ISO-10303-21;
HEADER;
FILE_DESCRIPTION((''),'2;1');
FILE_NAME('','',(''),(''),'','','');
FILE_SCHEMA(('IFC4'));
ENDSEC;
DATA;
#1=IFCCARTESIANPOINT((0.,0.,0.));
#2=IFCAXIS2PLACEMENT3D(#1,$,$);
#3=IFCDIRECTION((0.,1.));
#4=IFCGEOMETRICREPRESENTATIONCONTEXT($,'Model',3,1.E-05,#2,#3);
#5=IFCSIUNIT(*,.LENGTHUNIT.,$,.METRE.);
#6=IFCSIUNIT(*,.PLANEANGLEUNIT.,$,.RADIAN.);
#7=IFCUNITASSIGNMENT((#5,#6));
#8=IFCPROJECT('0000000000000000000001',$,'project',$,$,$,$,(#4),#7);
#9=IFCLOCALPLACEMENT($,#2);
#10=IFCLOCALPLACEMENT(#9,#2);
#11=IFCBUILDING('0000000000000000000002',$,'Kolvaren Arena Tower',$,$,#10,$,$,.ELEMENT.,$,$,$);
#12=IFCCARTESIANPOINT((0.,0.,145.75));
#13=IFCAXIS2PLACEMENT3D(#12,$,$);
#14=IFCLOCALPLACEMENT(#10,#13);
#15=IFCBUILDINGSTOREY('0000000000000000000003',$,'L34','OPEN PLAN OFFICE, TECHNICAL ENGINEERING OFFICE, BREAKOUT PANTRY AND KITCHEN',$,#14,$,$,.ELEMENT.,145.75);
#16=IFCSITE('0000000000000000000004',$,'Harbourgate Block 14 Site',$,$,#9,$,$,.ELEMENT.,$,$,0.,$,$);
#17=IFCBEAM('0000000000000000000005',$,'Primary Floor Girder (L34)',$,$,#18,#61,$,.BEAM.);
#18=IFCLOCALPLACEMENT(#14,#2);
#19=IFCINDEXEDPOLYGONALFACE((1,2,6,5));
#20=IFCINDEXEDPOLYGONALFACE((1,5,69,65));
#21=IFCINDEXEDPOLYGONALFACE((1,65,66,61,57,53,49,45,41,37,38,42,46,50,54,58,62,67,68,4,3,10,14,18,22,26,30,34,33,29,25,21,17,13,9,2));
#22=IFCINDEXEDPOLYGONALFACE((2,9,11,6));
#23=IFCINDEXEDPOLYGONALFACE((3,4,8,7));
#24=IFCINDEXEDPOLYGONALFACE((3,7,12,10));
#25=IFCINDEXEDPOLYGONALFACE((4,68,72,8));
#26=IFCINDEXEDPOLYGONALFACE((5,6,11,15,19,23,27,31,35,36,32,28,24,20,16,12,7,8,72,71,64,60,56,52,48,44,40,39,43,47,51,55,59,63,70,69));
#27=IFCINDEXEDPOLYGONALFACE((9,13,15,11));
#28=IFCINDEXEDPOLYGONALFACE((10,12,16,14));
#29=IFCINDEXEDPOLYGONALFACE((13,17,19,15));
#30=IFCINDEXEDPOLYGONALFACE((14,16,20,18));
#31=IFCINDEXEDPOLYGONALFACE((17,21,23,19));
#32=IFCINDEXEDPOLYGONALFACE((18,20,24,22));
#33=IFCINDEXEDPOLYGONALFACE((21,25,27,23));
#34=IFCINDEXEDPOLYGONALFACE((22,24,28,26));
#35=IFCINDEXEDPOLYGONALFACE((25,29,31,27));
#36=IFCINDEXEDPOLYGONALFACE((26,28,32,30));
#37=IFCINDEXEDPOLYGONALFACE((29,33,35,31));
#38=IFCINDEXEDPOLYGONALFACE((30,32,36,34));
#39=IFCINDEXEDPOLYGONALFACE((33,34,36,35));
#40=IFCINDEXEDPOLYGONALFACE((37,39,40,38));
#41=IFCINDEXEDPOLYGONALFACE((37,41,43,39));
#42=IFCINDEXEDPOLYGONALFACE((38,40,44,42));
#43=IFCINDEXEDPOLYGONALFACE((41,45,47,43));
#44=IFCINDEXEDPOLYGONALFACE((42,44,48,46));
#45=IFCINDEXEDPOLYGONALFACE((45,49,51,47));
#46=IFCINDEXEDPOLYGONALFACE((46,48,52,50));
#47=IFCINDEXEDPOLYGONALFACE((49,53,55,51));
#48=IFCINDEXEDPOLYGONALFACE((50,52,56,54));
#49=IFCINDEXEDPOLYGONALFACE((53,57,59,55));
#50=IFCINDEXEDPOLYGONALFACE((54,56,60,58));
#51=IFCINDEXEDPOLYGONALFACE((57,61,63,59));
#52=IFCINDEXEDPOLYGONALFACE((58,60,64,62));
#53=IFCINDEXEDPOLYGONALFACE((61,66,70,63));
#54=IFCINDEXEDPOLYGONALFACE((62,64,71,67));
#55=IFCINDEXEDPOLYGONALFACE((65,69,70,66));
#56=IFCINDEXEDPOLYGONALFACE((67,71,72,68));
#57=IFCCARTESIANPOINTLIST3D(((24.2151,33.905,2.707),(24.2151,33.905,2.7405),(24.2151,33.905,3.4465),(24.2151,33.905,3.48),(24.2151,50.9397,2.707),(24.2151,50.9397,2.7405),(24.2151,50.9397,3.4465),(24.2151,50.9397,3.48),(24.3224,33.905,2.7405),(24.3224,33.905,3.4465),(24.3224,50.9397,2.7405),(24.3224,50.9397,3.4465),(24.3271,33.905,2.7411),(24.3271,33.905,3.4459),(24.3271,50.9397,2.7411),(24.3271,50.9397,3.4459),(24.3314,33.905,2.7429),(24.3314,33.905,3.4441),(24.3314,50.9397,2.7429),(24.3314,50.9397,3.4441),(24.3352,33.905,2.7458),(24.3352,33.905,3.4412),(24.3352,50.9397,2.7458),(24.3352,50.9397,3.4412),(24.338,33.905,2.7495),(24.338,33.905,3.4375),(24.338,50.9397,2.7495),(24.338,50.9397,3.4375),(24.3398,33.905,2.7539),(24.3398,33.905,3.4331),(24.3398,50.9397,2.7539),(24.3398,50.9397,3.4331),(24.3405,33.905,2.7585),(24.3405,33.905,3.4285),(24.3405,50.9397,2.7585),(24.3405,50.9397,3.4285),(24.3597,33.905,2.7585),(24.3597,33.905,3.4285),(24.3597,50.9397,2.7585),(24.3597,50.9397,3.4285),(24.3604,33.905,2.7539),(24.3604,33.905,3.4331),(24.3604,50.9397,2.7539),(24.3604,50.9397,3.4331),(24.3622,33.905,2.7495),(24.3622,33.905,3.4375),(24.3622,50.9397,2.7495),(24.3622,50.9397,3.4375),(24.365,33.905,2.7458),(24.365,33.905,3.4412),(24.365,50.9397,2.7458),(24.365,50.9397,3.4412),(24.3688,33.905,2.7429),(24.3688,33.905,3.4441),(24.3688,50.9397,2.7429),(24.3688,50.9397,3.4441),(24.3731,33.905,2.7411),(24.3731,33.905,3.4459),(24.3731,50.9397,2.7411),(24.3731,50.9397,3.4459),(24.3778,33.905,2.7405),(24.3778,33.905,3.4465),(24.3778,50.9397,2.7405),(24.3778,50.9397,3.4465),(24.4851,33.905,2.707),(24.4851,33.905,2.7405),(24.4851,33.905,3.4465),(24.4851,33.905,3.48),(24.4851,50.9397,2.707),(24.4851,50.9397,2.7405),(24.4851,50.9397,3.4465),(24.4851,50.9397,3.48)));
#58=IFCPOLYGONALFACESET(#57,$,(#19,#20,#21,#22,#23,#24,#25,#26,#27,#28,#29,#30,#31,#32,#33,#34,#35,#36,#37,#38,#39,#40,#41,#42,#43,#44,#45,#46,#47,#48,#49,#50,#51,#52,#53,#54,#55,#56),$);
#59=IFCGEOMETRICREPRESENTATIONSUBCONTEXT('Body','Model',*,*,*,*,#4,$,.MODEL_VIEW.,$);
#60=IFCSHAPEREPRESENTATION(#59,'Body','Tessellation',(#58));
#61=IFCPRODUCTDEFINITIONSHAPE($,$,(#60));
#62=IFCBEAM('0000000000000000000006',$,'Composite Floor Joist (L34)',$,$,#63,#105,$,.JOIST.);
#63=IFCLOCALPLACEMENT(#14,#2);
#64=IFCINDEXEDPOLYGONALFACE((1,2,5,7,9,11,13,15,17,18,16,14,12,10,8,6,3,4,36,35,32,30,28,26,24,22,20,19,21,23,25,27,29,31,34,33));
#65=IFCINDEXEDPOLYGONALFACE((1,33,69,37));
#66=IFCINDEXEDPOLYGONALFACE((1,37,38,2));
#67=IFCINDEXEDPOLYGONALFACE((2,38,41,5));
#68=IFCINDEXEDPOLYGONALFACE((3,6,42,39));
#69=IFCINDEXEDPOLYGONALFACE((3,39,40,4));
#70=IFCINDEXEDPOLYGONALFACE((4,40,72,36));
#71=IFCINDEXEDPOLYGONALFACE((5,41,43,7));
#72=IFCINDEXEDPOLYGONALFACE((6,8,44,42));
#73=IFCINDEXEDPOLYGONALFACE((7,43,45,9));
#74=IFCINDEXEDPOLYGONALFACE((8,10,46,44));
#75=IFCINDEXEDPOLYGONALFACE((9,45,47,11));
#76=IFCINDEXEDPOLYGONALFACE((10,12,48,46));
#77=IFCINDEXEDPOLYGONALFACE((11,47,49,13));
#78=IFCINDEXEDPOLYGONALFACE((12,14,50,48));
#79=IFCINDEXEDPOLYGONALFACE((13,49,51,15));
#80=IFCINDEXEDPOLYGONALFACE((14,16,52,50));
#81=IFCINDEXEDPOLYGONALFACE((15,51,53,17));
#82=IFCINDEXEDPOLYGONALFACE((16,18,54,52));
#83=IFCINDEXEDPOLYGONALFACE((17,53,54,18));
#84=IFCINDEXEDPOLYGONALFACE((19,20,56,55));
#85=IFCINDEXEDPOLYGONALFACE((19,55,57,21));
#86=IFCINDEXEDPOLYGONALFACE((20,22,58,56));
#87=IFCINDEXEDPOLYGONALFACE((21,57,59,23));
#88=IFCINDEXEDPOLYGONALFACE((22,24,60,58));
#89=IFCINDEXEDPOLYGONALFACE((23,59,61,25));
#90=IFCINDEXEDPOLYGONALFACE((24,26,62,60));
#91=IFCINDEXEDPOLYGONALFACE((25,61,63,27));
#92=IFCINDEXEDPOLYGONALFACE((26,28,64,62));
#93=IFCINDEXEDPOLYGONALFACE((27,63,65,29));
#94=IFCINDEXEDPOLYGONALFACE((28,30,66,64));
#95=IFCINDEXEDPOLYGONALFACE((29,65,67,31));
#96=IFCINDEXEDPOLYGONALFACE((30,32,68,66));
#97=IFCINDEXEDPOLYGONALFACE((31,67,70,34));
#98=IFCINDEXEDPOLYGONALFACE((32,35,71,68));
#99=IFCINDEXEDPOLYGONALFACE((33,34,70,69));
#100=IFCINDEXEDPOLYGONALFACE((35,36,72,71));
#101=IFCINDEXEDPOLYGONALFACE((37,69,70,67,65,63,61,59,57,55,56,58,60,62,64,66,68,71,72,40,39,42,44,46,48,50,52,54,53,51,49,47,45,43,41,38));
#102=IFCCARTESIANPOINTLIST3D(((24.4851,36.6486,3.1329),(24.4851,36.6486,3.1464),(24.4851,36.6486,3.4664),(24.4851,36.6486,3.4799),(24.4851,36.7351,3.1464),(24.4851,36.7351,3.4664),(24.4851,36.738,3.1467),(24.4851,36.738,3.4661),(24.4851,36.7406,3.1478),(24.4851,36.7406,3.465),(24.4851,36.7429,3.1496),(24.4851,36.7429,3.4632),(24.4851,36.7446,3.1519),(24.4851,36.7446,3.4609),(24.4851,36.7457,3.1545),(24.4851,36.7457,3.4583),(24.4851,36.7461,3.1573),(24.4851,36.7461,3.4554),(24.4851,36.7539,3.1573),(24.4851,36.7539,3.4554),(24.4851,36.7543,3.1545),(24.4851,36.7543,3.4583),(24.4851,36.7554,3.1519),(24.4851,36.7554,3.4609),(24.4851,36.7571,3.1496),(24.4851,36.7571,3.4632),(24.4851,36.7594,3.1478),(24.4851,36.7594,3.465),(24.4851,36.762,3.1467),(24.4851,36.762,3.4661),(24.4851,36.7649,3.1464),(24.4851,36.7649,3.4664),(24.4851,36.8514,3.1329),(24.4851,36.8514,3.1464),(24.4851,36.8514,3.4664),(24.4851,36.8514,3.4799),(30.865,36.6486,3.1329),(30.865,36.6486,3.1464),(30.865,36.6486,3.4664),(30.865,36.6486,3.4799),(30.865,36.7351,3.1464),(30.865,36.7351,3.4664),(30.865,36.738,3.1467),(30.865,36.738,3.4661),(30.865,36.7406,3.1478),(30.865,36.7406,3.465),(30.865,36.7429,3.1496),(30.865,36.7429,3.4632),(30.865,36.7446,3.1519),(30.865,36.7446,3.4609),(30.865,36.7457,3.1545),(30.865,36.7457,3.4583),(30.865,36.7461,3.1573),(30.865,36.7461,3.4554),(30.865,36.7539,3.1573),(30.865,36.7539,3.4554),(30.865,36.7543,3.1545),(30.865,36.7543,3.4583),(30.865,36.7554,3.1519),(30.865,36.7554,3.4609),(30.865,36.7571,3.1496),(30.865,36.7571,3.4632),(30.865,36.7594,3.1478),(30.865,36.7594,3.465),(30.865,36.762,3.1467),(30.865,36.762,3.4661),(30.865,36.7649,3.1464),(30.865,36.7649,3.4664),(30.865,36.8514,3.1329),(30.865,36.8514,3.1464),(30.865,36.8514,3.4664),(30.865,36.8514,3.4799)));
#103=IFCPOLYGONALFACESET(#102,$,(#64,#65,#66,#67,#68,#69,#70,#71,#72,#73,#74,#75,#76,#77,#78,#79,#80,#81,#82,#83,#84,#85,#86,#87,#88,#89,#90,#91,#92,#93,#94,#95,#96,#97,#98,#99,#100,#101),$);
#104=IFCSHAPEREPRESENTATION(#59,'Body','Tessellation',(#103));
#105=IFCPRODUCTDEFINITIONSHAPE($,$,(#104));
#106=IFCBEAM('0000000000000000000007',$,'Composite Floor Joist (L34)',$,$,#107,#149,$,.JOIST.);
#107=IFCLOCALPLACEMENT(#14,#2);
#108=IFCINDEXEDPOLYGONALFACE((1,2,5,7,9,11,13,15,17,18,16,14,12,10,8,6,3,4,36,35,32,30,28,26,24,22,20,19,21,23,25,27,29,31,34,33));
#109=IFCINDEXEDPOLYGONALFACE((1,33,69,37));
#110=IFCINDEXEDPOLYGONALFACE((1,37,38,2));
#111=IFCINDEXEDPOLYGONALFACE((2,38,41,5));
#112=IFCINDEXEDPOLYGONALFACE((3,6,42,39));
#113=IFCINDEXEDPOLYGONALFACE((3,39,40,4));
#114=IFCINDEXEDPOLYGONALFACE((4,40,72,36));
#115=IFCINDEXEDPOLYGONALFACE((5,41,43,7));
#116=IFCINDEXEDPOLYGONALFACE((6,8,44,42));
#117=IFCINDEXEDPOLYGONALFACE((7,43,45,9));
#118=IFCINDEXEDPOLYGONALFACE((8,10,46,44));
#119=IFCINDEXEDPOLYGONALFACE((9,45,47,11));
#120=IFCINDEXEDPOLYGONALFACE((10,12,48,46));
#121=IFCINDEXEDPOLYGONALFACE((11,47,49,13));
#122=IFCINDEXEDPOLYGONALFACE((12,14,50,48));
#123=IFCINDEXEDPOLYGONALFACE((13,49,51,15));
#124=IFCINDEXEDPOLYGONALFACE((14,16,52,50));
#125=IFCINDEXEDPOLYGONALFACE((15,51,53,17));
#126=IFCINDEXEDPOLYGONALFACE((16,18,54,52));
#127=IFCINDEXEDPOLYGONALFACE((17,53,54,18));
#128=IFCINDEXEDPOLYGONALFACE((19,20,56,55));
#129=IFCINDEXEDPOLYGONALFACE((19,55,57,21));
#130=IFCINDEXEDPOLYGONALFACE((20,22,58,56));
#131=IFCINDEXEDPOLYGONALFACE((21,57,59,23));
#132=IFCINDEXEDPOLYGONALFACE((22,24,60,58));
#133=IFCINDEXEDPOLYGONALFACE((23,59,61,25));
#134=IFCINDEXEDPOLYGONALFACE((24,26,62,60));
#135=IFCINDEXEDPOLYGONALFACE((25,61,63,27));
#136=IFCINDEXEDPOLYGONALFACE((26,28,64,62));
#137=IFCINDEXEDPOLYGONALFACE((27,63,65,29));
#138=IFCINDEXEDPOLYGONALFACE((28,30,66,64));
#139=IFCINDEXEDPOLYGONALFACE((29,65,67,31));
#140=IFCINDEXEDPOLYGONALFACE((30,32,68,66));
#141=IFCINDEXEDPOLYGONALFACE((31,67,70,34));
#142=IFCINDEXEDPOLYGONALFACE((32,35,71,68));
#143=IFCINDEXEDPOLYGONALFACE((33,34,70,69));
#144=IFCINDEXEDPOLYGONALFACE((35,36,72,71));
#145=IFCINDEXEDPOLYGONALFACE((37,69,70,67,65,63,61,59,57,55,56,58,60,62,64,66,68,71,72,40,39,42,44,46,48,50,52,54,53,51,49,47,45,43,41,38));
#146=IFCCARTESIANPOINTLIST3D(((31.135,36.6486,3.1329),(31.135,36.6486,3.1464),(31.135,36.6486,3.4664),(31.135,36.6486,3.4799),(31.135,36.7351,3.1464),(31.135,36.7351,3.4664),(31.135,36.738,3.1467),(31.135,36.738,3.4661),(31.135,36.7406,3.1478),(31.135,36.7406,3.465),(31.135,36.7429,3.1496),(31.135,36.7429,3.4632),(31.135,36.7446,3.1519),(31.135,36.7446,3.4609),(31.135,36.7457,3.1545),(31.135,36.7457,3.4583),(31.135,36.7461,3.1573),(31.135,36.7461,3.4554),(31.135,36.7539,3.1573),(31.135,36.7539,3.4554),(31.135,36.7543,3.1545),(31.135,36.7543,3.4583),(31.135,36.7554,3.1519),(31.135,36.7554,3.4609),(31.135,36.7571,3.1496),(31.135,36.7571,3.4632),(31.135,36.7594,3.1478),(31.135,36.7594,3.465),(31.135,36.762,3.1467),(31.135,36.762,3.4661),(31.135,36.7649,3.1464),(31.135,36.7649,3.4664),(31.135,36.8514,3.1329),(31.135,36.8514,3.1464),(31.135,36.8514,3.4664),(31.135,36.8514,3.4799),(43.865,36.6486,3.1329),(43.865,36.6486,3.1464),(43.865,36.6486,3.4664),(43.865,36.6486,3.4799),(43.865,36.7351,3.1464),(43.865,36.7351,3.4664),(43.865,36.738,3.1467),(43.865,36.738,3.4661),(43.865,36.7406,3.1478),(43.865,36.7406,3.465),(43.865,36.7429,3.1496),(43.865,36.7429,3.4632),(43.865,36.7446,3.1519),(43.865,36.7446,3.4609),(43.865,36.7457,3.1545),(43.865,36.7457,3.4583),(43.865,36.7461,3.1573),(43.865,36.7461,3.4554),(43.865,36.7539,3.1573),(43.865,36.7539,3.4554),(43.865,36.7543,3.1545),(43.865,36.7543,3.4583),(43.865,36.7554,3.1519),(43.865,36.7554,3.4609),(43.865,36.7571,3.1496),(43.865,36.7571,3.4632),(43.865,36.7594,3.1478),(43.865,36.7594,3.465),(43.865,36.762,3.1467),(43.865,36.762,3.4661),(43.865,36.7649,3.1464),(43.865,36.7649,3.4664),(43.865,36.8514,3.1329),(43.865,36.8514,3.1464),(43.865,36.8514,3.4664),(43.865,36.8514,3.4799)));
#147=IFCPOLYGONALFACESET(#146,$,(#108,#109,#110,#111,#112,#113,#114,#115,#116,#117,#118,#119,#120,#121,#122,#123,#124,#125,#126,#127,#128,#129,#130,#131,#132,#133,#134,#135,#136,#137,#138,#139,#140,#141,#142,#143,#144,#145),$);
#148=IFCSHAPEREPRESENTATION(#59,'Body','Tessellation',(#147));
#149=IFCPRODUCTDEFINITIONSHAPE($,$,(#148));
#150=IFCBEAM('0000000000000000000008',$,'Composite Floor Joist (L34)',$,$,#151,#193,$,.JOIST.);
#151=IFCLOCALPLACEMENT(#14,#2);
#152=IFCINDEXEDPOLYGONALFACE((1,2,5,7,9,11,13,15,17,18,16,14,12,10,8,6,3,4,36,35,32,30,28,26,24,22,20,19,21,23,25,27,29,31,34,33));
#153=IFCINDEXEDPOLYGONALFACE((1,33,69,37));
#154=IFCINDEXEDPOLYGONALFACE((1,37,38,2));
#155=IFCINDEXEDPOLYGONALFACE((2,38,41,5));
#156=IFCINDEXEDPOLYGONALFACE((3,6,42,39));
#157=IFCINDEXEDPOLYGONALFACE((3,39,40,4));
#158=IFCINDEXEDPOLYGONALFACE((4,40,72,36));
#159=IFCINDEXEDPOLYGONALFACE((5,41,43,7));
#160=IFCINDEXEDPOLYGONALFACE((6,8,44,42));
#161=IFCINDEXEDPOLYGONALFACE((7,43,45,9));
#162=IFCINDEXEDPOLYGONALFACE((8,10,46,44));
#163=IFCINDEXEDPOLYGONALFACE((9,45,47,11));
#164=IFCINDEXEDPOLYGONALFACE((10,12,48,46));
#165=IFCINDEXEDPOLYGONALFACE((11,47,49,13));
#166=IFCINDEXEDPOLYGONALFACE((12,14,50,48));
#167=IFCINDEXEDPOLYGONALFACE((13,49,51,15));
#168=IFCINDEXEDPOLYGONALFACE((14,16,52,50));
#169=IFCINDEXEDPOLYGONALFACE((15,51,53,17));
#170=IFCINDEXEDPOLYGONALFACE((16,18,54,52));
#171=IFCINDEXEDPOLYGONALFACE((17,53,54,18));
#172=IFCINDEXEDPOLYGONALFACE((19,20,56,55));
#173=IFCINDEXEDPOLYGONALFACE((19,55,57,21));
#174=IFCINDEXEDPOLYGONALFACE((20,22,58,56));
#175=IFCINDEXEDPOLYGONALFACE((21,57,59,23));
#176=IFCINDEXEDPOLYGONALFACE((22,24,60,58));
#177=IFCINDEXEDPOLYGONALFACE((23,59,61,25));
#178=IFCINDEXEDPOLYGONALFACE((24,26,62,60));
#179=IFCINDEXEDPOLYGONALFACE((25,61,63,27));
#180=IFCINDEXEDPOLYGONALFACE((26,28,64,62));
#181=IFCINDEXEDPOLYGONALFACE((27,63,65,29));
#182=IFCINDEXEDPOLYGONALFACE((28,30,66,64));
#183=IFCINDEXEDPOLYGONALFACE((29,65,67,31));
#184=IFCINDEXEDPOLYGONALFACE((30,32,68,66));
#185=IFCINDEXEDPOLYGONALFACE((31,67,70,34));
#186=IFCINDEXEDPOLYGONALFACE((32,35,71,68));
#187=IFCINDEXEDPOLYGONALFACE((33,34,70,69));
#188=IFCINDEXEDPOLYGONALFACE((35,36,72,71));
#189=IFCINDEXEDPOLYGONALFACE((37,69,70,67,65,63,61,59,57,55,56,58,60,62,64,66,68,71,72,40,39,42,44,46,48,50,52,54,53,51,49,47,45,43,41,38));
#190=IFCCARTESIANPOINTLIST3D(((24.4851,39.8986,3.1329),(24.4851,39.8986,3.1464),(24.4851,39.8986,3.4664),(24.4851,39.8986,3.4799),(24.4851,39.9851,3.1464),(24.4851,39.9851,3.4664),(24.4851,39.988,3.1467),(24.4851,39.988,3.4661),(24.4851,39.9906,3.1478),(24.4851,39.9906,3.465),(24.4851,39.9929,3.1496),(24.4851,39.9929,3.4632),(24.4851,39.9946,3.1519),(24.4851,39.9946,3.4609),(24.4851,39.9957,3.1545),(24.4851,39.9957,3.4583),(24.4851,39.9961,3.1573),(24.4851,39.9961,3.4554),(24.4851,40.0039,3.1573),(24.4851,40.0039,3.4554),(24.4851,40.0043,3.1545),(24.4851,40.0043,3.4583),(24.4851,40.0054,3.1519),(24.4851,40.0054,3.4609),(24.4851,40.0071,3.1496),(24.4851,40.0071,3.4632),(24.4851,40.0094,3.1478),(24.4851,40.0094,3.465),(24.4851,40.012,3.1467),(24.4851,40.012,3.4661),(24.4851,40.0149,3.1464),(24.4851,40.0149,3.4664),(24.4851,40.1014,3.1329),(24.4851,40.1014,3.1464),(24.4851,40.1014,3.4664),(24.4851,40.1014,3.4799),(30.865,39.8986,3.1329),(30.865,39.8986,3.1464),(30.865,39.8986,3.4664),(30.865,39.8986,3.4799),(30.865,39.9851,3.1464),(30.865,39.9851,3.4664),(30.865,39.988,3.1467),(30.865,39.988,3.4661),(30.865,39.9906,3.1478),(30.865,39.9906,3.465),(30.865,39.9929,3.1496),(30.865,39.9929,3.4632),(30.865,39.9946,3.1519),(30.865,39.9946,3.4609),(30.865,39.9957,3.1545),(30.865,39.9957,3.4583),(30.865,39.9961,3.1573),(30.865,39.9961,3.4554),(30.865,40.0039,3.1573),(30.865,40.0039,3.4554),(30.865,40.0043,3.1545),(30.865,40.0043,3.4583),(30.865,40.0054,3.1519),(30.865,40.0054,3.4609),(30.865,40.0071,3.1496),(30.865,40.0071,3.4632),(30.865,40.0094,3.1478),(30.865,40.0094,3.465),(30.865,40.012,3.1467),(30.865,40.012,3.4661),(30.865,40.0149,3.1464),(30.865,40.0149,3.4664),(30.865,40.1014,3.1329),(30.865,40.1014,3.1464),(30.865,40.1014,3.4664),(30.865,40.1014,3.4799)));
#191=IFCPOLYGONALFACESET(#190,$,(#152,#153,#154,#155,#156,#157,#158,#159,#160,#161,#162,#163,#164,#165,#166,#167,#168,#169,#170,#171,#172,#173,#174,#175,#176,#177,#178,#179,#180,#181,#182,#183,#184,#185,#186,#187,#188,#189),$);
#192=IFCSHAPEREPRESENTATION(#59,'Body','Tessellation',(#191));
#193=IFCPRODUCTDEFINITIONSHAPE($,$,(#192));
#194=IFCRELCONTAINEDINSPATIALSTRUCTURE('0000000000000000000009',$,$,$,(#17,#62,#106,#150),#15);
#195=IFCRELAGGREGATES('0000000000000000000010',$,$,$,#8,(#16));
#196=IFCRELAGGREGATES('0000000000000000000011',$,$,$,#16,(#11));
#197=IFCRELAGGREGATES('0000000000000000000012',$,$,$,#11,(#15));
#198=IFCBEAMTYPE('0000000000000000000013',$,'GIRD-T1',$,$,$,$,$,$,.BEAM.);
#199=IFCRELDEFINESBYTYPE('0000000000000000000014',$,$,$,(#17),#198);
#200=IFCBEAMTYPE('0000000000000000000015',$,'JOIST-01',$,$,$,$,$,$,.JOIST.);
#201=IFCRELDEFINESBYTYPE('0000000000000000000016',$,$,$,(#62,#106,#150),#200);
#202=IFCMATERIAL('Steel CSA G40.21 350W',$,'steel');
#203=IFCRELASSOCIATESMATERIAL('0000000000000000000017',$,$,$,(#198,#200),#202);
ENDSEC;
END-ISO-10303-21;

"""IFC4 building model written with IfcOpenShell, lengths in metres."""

from ifc_helpers import new_model, si_unit, direction, frame, origin, origin_2d, place, context, subcontext, project, spatial, i_section, extrude, material, material_profile, profile_set, type_object, element, save


model = new_model("IFC4")

# Units and contexts
model_context = context("Model", 3, precision=1e-05, world=origin(), true_north=direction((0.0, 1.0)))
body_context = subcontext(model_context, "Body", "Model", "MODEL_VIEW")
ifc_project = project(units=[si_unit("LENGTHUNIT", "METRE"), si_unit("PLANEANGLEUNIT", "RADIAN")], contexts=[model_context])

# Site, building, storey
site_placement = place(None, origin())
site = spatial("IfcSite", under=ifc_project, at=site_placement, Name="Harbourgate Block 14 Site", CompositionType="ELEMENT", RefElevation=0.0)
building_placement = place(site_placement, origin())
building = spatial("IfcBuilding", under=site, at=building_placement, Name="Kolvaren Arena Tower", CompositionType="ELEMENT")
storey_placement = place(building_placement, frame((0.0, 0.0, 145.75)))
storey = spatial("IfcBuildingStorey", under=building, at=storey_placement, Name="L34", Description="OPEN PLAN OFFICE, TECHNICAL ENGINEERING OFFICE, BREAKOUT PANTRY AND KITCHEN", CompositionType="ELEMENT", Elevation=145.75)

# Beams
ifc_material_1 = material(Name="Steel CSA G40.21 350W", Category="steel")
ifc_material_profile_1 = material_profile(ifc_material_1, i_section(OverallWidth=0.27, OverallDepth=0.7729, WebThickness=0.0193, FlangeThickness=0.0334, FilletRadius=0.0181, at=origin_2d()), Name="W760x257")
ifc_profile_set_1 = profile_set([ifc_material_profile_1], Name="Steel CSA G40.21 350W")
beam_type_1 = type_object("IfcBeamType", Name="GIRD-T1", PredefinedType="BEAM", material=ifc_profile_set_1)
beam_1_placement = place(storey_placement, frame((24.3501, 33.905, 3.0935), z_axis=(0.0, 1.0, 0.0), x_axis=(-1.0, 0.0, 0.0)))
element("IfcBeam", 1, at=beam_1_placement, inside=storey, type_object=beam_type_1, Name="Primary Floor Girder (L34)", PredefinedType="BEAM", context=body_context, shape_type="SweptSolid", body=[
    extrude(i_section(OverallWidth=0.27, OverallDepth=0.7729, WebThickness=0.0193, FlangeThickness=0.0334, FilletRadius=0.0181, at=origin_2d()), origin(), (0.0, 0.0, 1.0), 17.0347),
])
ifc_material_profile_2 = material_profile(ifc_material_1, i_section(OverallWidth=0.2029, OverallDepth=0.3469, WebThickness=0.0078, FlangeThickness=0.0134, FilletRadius=0.011, at=origin_2d()), Name="W360x64")
ifc_profile_set_2 = profile_set([ifc_material_profile_2], Name="Steel CSA G40.21 350W")
beam_type_2 = type_object("IfcBeamType", Name="JOIST-01", PredefinedType="JOIST", material=ifc_profile_set_2)
beam_2_placement = place(storey_placement, frame((24.4851, 36.75, 3.3064), z_axis=(1.0, 0.0, 0.0), x_axis=(0.0, 1.0, 0.0)))
element("IfcBeam", 2, at=beam_2_placement, inside=storey, type_object=beam_type_2, Name="Composite Floor Joist (L34)", PredefinedType="JOIST", context=body_context, shape_type="SweptSolid", body=[
    extrude(i_section(OverallWidth=0.2029, OverallDepth=0.3469, WebThickness=0.0078, FlangeThickness=0.0134, FilletRadius=0.011, at=origin_2d()), origin(), (0.0, 0.0, 1.0), 6.3799),
])
beam_3_placement = place(storey_placement, frame((31.135, 36.75, 3.3064), z_axis=(1.0, 0.0, 0.0), x_axis=(0.0, 1.0, 0.0)))
element("IfcBeam", 3, at=beam_3_placement, inside=storey, type_object=beam_type_2, Name="Composite Floor Joist (L34)", PredefinedType="JOIST", context=body_context, shape_type="SweptSolid", body=[
    extrude(i_section(OverallWidth=0.2029, OverallDepth=0.3469, WebThickness=0.0078, FlangeThickness=0.0134, FilletRadius=0.011, at=origin_2d()), origin(), (0.0, 0.0, 1.0), 12.73),
])
beam_4_placement = place(storey_placement, frame((24.4851, 40.0, 3.3064), z_axis=(1.0, 0.0, 0.0), x_axis=(0.0, 1.0, 0.0)))
element("IfcBeam", 4, at=beam_4_placement, inside=storey, type_object=beam_type_2, Name="Composite Floor Joist (L34)", PredefinedType="JOIST", context=body_context, shape_type="SweptSolid", body=[
    extrude(i_section(OverallWidth=0.2029, OverallDepth=0.3469, WebThickness=0.0078, FlangeThickness=0.0134, FilletRadius=0.011, at=origin_2d()), origin(), (0.0, 0.0, 1.0), 6.3799),
])

save(model, "model.ifc")
